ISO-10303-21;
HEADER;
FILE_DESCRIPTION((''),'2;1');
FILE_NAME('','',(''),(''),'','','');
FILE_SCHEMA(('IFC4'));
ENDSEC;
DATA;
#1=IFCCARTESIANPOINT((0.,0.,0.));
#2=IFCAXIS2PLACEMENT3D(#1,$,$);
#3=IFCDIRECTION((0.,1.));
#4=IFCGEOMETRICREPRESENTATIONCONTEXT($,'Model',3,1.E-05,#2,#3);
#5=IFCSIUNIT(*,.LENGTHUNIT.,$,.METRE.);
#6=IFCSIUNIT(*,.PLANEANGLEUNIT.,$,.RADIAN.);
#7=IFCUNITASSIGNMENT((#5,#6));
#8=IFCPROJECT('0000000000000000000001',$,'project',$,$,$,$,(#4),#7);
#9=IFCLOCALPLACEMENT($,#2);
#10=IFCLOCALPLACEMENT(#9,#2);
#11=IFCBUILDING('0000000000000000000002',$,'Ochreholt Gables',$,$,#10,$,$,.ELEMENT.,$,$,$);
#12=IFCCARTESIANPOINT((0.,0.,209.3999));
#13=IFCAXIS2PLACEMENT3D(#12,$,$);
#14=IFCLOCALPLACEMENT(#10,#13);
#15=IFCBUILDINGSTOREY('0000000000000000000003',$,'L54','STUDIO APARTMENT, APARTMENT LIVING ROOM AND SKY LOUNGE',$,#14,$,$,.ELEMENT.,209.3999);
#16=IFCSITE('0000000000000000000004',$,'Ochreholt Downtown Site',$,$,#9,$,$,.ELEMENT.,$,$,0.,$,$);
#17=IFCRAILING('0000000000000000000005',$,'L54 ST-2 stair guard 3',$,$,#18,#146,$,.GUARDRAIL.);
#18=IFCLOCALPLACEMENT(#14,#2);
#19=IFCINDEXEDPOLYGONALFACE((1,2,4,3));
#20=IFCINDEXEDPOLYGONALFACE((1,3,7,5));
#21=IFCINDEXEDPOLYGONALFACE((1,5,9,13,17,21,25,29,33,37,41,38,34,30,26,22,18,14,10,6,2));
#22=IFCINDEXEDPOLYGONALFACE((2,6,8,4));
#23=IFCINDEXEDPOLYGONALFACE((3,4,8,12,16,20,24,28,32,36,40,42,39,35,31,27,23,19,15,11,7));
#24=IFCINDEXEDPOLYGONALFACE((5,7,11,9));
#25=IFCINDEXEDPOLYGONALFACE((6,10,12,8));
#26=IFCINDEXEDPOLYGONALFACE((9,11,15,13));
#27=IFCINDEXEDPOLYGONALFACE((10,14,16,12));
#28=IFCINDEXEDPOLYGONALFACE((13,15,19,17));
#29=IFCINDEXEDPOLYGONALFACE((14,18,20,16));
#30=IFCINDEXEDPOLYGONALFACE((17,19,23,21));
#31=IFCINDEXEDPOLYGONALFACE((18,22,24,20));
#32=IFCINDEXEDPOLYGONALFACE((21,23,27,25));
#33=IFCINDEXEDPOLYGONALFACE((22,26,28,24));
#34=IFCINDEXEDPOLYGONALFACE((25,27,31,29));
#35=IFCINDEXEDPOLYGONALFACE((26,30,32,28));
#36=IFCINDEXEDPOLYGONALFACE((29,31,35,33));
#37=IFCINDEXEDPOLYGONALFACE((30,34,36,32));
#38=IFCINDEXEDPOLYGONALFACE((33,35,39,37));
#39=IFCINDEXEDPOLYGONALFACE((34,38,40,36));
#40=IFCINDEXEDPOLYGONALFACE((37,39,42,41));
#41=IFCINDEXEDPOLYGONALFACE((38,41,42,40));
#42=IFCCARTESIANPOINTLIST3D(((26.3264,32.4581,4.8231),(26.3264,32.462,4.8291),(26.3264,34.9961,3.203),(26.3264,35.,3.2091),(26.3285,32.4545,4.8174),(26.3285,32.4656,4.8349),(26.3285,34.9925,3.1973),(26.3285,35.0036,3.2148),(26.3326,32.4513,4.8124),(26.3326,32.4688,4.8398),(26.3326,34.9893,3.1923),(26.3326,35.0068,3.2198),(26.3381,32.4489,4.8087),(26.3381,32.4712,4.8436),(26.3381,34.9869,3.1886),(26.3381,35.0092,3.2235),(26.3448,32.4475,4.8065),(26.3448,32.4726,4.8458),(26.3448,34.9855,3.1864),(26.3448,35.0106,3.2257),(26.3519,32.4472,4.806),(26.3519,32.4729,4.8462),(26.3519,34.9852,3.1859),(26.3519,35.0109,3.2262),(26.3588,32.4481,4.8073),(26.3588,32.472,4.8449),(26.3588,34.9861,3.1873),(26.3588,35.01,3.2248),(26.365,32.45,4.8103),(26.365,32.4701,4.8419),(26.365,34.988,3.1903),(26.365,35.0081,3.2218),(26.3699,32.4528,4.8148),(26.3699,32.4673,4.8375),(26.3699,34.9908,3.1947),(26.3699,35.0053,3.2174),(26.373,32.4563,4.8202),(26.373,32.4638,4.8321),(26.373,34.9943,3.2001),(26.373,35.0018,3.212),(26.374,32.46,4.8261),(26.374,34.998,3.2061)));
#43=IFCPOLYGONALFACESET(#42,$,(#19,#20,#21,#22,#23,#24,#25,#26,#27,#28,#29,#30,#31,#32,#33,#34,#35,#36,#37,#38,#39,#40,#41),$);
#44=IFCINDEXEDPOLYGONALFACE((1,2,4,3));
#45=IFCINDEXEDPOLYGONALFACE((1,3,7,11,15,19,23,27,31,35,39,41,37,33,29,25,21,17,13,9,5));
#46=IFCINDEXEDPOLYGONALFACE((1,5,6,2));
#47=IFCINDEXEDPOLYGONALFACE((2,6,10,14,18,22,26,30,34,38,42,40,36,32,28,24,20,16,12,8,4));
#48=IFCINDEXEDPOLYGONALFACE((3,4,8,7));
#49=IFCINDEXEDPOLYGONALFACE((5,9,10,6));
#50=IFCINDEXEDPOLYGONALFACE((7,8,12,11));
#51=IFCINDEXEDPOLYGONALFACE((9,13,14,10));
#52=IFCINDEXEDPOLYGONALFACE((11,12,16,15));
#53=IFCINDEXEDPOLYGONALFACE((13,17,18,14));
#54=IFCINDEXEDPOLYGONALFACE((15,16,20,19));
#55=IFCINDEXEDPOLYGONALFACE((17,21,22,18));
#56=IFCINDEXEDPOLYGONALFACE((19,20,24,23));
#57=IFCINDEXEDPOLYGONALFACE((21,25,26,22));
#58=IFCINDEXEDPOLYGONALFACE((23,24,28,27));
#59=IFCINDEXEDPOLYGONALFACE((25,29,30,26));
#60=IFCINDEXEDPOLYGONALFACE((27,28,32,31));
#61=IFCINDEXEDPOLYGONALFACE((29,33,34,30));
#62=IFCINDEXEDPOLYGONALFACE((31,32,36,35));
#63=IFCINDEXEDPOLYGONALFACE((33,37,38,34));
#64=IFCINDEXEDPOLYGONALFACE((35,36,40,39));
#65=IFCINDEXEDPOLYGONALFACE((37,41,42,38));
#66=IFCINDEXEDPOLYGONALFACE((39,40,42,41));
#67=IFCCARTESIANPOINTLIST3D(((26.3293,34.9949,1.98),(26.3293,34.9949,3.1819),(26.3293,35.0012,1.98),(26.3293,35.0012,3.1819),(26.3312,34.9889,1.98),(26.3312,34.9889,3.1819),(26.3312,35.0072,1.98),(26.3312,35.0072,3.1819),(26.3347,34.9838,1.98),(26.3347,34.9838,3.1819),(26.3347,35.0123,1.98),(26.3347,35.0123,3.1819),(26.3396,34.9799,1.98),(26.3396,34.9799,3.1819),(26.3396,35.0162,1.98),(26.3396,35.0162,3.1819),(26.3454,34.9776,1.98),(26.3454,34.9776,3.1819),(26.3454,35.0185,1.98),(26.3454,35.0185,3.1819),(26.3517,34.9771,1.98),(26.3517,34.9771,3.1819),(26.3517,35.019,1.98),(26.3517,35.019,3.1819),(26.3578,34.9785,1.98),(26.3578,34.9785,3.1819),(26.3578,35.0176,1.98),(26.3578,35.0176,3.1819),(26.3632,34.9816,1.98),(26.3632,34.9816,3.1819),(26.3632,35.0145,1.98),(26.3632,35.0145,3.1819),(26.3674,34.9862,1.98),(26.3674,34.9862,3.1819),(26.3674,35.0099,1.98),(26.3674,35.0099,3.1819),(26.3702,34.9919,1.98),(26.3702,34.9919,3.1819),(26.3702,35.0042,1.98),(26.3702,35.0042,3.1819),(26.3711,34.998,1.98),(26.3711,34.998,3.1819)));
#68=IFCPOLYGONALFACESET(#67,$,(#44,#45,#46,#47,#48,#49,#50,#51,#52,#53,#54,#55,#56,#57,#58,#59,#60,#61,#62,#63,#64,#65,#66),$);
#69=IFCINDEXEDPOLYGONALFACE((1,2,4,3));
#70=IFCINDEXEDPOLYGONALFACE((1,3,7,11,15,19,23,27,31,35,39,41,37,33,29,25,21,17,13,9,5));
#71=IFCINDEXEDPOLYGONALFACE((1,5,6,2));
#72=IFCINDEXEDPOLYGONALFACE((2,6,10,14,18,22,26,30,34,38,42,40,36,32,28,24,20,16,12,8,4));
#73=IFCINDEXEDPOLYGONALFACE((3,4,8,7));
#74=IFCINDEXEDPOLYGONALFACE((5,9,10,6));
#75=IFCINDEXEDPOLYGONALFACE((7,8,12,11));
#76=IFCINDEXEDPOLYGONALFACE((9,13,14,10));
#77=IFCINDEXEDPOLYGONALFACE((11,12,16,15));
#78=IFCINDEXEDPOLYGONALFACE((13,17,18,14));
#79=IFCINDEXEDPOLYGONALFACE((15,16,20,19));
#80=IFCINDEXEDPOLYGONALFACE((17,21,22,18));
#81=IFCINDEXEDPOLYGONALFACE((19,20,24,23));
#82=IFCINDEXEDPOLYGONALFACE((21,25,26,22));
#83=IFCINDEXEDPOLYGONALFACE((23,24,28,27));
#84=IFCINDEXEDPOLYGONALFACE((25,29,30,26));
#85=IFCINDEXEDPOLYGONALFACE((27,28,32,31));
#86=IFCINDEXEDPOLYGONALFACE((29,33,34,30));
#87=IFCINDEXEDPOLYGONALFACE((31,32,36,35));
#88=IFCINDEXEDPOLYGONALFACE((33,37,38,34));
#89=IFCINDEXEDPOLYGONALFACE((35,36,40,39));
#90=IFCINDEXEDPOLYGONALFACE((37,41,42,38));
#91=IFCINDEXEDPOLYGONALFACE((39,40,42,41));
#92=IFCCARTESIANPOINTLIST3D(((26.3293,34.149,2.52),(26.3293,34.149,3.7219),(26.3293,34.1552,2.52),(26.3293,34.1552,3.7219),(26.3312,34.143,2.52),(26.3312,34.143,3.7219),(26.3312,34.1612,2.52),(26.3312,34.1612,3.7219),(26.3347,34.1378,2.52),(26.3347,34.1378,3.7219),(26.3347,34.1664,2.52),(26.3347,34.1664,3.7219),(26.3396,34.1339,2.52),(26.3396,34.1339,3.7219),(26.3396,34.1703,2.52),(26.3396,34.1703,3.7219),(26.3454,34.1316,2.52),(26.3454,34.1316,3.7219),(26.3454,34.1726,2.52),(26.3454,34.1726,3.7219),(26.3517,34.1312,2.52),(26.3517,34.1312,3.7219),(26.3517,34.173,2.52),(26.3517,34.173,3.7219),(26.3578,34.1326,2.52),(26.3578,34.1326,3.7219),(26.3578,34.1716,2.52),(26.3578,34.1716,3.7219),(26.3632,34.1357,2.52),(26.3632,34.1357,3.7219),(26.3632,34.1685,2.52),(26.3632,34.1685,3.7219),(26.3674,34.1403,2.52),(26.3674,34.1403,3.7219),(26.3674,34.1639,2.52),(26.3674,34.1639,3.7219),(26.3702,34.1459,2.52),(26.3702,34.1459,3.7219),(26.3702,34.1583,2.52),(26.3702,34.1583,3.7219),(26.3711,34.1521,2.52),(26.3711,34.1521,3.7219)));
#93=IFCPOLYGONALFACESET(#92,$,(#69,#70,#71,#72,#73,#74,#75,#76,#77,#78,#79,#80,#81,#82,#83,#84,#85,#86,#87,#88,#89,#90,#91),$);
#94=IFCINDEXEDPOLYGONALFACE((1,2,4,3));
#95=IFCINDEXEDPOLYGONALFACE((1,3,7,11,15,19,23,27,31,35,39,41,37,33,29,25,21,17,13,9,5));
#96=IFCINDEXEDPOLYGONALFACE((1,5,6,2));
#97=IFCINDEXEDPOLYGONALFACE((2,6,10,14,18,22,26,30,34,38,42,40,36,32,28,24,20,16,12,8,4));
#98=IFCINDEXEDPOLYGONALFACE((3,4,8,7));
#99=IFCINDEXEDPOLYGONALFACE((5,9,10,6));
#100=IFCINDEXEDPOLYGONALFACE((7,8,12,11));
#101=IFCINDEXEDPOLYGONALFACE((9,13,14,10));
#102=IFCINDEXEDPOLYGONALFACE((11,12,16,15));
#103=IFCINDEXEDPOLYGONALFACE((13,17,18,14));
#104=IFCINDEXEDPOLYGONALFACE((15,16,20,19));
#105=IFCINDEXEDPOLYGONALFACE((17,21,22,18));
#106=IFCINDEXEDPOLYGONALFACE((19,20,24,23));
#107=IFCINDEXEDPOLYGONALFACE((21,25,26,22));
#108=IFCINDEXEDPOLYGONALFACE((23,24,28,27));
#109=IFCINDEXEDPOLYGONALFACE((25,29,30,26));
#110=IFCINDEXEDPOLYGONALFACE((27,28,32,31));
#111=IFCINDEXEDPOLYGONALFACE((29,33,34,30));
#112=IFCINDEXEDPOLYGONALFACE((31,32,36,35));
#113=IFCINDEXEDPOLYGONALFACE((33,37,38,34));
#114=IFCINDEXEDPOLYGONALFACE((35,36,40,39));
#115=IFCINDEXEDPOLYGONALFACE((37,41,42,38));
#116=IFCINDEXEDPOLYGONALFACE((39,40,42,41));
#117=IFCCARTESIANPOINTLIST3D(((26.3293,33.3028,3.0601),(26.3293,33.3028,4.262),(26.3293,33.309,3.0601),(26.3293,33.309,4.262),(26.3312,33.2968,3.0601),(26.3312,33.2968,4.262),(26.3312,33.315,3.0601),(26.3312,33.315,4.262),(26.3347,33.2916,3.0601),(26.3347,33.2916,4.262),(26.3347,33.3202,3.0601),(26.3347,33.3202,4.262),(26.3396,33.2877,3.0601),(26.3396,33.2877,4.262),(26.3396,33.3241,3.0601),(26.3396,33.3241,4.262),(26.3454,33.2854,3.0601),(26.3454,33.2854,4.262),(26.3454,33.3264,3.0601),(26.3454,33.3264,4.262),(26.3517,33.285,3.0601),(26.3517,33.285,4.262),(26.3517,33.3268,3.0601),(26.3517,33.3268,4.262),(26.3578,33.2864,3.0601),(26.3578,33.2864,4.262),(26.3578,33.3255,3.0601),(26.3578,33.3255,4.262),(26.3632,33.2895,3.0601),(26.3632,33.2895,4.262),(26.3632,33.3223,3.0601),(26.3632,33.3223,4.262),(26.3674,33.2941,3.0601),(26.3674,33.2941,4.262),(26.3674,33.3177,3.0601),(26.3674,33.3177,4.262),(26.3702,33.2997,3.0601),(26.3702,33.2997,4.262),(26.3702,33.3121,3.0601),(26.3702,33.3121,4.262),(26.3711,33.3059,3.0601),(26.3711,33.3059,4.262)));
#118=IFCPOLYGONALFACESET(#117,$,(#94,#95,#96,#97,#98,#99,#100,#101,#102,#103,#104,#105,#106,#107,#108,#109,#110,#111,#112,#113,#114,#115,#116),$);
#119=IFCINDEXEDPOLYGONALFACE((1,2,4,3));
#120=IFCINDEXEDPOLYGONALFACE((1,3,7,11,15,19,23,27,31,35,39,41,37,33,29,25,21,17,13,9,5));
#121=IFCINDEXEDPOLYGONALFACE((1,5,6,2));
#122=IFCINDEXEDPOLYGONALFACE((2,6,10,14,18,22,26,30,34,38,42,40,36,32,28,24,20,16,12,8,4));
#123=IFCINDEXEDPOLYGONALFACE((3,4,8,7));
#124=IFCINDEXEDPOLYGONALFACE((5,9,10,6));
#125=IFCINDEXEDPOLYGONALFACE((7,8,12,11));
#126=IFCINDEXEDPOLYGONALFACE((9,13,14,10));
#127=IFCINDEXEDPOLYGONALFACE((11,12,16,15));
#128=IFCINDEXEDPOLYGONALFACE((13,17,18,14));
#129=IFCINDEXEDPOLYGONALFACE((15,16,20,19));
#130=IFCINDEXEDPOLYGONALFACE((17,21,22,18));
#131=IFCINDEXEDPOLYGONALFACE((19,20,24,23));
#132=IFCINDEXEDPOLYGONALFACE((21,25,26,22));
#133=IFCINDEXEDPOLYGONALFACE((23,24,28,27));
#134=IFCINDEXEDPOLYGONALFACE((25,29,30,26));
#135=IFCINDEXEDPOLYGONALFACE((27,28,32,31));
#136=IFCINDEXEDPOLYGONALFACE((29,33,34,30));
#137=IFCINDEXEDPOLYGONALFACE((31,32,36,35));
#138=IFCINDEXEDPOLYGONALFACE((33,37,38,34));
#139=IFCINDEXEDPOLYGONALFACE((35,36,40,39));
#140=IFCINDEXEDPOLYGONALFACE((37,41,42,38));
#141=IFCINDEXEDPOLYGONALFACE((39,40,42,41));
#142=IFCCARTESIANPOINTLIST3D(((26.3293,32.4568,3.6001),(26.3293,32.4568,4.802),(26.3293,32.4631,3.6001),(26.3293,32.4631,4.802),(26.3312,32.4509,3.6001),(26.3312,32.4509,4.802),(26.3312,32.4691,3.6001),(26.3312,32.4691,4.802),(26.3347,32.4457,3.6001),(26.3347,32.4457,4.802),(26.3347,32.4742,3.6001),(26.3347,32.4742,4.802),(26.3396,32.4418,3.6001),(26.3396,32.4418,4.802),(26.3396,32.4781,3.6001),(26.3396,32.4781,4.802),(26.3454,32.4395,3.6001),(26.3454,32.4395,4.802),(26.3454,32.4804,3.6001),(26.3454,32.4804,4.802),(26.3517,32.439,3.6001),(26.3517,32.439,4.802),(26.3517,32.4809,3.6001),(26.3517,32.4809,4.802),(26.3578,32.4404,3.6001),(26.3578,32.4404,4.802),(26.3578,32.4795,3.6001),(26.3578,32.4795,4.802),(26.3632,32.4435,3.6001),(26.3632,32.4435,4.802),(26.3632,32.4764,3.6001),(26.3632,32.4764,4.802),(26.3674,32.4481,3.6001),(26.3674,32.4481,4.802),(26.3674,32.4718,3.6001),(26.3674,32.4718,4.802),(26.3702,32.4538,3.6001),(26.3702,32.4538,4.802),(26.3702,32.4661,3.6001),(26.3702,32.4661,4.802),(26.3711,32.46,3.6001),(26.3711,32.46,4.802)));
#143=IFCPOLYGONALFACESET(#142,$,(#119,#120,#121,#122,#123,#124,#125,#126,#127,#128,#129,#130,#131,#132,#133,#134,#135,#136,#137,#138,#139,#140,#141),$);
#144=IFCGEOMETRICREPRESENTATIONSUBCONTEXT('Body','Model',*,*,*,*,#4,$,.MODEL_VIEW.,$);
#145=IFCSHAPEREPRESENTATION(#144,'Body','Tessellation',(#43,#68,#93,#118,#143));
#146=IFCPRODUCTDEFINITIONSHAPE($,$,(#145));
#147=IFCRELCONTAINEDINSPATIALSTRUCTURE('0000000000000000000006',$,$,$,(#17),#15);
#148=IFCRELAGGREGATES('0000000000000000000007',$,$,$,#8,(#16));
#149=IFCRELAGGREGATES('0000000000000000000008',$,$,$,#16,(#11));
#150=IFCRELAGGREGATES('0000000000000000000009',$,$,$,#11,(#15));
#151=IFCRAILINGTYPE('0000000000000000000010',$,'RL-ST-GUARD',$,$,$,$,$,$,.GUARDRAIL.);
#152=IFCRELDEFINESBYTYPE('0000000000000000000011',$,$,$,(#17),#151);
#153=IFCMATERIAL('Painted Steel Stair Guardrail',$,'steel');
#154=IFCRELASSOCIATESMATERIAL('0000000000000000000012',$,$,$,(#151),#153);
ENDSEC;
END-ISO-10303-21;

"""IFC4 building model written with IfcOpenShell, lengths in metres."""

from ifc_helpers import new_model, si_unit, direction, frame, origin, origin_2d, place, context, subcontext, project, spatial, circle, extrude, material, type_object, element, save


model = new_model("IFC4")

# Units and contexts
model_context = context("Model", 3, precision=1e-05, world=origin(), true_north=direction((0.0, 1.0)))
body_context = subcontext(model_context, "Body", "Model", "MODEL_VIEW")
ifc_project = project(units=[si_unit("LENGTHUNIT", "METRE"), si_unit("PLANEANGLEUNIT", "RADIAN")], contexts=[model_context])

# Site, building, storey
site_placement = place(None, origin())
site = spatial("IfcSite", under=ifc_project, at=site_placement, Name="Ochreholt Downtown Site", CompositionType="ELEMENT", RefElevation=0.0)
building_placement = place(site_placement, origin())
building = spatial("IfcBuilding", under=site, at=building_placement, Name="Ochreholt Gables", CompositionType="ELEMENT")
storey_placement = place(building_placement, frame((0.0, 0.0, 209.3999)))
storey = spatial("IfcBuildingStorey", under=building, at=storey_placement, Name="L54", Description="STUDIO APARTMENT, APARTMENT LIVING ROOM AND SKY LOUNGE", CompositionType="ELEMENT", Elevation=209.3999)

# Railing
ifc_material_1 = material(Name="Painted Steel Stair Guardrail", Category="steel")
railing_type_1 = type_object("IfcRailingType", Name="RL-ST-GUARD", PredefinedType="GUARDRAIL", material=ifc_material_1)
railing_1_placement = place(storey_placement, frame((26.3501, 34.998, 1.98)))
element("IfcRailing", 1, at=railing_1_placement, inside=storey, type_object=railing_type_1, Name="L54 ST-2 stair guard 3", PredefinedType="GUARDRAIL", context=body_context, shape_type="SweptSolid", body=[
    extrude(circle(Radius=0.0239, at=origin_2d()), frame((0.0, 0.0, 1.2261), z_axis=(0.0, -0.842913, 0.53805), x_axis=(1.0, 0.0, 0.0)), (0.0, 0.0, 1.0), 3.011),
    extrude(circle(Radius=0.021, at=origin_2d()), origin(), (0.0, 0.0, 1.0), 1.2019),
    extrude(circle(Radius=0.021, at=origin_2d()), frame((0.0, -0.8459, 0.54)), (0.0, 0.0, 1.0), 1.2019),
    extrude(circle(Radius=0.021, at=origin_2d()), frame((0.0, -1.6921, 1.0801)), (0.0, 0.0, 1.0), 1.2019),
    extrude(circle(Radius=0.021, at=origin_2d()), frame((0.0, -2.5381, 1.6201)), (0.0, 0.0, 1.0), 1.2019),
])

save(model, "model.ifc")
